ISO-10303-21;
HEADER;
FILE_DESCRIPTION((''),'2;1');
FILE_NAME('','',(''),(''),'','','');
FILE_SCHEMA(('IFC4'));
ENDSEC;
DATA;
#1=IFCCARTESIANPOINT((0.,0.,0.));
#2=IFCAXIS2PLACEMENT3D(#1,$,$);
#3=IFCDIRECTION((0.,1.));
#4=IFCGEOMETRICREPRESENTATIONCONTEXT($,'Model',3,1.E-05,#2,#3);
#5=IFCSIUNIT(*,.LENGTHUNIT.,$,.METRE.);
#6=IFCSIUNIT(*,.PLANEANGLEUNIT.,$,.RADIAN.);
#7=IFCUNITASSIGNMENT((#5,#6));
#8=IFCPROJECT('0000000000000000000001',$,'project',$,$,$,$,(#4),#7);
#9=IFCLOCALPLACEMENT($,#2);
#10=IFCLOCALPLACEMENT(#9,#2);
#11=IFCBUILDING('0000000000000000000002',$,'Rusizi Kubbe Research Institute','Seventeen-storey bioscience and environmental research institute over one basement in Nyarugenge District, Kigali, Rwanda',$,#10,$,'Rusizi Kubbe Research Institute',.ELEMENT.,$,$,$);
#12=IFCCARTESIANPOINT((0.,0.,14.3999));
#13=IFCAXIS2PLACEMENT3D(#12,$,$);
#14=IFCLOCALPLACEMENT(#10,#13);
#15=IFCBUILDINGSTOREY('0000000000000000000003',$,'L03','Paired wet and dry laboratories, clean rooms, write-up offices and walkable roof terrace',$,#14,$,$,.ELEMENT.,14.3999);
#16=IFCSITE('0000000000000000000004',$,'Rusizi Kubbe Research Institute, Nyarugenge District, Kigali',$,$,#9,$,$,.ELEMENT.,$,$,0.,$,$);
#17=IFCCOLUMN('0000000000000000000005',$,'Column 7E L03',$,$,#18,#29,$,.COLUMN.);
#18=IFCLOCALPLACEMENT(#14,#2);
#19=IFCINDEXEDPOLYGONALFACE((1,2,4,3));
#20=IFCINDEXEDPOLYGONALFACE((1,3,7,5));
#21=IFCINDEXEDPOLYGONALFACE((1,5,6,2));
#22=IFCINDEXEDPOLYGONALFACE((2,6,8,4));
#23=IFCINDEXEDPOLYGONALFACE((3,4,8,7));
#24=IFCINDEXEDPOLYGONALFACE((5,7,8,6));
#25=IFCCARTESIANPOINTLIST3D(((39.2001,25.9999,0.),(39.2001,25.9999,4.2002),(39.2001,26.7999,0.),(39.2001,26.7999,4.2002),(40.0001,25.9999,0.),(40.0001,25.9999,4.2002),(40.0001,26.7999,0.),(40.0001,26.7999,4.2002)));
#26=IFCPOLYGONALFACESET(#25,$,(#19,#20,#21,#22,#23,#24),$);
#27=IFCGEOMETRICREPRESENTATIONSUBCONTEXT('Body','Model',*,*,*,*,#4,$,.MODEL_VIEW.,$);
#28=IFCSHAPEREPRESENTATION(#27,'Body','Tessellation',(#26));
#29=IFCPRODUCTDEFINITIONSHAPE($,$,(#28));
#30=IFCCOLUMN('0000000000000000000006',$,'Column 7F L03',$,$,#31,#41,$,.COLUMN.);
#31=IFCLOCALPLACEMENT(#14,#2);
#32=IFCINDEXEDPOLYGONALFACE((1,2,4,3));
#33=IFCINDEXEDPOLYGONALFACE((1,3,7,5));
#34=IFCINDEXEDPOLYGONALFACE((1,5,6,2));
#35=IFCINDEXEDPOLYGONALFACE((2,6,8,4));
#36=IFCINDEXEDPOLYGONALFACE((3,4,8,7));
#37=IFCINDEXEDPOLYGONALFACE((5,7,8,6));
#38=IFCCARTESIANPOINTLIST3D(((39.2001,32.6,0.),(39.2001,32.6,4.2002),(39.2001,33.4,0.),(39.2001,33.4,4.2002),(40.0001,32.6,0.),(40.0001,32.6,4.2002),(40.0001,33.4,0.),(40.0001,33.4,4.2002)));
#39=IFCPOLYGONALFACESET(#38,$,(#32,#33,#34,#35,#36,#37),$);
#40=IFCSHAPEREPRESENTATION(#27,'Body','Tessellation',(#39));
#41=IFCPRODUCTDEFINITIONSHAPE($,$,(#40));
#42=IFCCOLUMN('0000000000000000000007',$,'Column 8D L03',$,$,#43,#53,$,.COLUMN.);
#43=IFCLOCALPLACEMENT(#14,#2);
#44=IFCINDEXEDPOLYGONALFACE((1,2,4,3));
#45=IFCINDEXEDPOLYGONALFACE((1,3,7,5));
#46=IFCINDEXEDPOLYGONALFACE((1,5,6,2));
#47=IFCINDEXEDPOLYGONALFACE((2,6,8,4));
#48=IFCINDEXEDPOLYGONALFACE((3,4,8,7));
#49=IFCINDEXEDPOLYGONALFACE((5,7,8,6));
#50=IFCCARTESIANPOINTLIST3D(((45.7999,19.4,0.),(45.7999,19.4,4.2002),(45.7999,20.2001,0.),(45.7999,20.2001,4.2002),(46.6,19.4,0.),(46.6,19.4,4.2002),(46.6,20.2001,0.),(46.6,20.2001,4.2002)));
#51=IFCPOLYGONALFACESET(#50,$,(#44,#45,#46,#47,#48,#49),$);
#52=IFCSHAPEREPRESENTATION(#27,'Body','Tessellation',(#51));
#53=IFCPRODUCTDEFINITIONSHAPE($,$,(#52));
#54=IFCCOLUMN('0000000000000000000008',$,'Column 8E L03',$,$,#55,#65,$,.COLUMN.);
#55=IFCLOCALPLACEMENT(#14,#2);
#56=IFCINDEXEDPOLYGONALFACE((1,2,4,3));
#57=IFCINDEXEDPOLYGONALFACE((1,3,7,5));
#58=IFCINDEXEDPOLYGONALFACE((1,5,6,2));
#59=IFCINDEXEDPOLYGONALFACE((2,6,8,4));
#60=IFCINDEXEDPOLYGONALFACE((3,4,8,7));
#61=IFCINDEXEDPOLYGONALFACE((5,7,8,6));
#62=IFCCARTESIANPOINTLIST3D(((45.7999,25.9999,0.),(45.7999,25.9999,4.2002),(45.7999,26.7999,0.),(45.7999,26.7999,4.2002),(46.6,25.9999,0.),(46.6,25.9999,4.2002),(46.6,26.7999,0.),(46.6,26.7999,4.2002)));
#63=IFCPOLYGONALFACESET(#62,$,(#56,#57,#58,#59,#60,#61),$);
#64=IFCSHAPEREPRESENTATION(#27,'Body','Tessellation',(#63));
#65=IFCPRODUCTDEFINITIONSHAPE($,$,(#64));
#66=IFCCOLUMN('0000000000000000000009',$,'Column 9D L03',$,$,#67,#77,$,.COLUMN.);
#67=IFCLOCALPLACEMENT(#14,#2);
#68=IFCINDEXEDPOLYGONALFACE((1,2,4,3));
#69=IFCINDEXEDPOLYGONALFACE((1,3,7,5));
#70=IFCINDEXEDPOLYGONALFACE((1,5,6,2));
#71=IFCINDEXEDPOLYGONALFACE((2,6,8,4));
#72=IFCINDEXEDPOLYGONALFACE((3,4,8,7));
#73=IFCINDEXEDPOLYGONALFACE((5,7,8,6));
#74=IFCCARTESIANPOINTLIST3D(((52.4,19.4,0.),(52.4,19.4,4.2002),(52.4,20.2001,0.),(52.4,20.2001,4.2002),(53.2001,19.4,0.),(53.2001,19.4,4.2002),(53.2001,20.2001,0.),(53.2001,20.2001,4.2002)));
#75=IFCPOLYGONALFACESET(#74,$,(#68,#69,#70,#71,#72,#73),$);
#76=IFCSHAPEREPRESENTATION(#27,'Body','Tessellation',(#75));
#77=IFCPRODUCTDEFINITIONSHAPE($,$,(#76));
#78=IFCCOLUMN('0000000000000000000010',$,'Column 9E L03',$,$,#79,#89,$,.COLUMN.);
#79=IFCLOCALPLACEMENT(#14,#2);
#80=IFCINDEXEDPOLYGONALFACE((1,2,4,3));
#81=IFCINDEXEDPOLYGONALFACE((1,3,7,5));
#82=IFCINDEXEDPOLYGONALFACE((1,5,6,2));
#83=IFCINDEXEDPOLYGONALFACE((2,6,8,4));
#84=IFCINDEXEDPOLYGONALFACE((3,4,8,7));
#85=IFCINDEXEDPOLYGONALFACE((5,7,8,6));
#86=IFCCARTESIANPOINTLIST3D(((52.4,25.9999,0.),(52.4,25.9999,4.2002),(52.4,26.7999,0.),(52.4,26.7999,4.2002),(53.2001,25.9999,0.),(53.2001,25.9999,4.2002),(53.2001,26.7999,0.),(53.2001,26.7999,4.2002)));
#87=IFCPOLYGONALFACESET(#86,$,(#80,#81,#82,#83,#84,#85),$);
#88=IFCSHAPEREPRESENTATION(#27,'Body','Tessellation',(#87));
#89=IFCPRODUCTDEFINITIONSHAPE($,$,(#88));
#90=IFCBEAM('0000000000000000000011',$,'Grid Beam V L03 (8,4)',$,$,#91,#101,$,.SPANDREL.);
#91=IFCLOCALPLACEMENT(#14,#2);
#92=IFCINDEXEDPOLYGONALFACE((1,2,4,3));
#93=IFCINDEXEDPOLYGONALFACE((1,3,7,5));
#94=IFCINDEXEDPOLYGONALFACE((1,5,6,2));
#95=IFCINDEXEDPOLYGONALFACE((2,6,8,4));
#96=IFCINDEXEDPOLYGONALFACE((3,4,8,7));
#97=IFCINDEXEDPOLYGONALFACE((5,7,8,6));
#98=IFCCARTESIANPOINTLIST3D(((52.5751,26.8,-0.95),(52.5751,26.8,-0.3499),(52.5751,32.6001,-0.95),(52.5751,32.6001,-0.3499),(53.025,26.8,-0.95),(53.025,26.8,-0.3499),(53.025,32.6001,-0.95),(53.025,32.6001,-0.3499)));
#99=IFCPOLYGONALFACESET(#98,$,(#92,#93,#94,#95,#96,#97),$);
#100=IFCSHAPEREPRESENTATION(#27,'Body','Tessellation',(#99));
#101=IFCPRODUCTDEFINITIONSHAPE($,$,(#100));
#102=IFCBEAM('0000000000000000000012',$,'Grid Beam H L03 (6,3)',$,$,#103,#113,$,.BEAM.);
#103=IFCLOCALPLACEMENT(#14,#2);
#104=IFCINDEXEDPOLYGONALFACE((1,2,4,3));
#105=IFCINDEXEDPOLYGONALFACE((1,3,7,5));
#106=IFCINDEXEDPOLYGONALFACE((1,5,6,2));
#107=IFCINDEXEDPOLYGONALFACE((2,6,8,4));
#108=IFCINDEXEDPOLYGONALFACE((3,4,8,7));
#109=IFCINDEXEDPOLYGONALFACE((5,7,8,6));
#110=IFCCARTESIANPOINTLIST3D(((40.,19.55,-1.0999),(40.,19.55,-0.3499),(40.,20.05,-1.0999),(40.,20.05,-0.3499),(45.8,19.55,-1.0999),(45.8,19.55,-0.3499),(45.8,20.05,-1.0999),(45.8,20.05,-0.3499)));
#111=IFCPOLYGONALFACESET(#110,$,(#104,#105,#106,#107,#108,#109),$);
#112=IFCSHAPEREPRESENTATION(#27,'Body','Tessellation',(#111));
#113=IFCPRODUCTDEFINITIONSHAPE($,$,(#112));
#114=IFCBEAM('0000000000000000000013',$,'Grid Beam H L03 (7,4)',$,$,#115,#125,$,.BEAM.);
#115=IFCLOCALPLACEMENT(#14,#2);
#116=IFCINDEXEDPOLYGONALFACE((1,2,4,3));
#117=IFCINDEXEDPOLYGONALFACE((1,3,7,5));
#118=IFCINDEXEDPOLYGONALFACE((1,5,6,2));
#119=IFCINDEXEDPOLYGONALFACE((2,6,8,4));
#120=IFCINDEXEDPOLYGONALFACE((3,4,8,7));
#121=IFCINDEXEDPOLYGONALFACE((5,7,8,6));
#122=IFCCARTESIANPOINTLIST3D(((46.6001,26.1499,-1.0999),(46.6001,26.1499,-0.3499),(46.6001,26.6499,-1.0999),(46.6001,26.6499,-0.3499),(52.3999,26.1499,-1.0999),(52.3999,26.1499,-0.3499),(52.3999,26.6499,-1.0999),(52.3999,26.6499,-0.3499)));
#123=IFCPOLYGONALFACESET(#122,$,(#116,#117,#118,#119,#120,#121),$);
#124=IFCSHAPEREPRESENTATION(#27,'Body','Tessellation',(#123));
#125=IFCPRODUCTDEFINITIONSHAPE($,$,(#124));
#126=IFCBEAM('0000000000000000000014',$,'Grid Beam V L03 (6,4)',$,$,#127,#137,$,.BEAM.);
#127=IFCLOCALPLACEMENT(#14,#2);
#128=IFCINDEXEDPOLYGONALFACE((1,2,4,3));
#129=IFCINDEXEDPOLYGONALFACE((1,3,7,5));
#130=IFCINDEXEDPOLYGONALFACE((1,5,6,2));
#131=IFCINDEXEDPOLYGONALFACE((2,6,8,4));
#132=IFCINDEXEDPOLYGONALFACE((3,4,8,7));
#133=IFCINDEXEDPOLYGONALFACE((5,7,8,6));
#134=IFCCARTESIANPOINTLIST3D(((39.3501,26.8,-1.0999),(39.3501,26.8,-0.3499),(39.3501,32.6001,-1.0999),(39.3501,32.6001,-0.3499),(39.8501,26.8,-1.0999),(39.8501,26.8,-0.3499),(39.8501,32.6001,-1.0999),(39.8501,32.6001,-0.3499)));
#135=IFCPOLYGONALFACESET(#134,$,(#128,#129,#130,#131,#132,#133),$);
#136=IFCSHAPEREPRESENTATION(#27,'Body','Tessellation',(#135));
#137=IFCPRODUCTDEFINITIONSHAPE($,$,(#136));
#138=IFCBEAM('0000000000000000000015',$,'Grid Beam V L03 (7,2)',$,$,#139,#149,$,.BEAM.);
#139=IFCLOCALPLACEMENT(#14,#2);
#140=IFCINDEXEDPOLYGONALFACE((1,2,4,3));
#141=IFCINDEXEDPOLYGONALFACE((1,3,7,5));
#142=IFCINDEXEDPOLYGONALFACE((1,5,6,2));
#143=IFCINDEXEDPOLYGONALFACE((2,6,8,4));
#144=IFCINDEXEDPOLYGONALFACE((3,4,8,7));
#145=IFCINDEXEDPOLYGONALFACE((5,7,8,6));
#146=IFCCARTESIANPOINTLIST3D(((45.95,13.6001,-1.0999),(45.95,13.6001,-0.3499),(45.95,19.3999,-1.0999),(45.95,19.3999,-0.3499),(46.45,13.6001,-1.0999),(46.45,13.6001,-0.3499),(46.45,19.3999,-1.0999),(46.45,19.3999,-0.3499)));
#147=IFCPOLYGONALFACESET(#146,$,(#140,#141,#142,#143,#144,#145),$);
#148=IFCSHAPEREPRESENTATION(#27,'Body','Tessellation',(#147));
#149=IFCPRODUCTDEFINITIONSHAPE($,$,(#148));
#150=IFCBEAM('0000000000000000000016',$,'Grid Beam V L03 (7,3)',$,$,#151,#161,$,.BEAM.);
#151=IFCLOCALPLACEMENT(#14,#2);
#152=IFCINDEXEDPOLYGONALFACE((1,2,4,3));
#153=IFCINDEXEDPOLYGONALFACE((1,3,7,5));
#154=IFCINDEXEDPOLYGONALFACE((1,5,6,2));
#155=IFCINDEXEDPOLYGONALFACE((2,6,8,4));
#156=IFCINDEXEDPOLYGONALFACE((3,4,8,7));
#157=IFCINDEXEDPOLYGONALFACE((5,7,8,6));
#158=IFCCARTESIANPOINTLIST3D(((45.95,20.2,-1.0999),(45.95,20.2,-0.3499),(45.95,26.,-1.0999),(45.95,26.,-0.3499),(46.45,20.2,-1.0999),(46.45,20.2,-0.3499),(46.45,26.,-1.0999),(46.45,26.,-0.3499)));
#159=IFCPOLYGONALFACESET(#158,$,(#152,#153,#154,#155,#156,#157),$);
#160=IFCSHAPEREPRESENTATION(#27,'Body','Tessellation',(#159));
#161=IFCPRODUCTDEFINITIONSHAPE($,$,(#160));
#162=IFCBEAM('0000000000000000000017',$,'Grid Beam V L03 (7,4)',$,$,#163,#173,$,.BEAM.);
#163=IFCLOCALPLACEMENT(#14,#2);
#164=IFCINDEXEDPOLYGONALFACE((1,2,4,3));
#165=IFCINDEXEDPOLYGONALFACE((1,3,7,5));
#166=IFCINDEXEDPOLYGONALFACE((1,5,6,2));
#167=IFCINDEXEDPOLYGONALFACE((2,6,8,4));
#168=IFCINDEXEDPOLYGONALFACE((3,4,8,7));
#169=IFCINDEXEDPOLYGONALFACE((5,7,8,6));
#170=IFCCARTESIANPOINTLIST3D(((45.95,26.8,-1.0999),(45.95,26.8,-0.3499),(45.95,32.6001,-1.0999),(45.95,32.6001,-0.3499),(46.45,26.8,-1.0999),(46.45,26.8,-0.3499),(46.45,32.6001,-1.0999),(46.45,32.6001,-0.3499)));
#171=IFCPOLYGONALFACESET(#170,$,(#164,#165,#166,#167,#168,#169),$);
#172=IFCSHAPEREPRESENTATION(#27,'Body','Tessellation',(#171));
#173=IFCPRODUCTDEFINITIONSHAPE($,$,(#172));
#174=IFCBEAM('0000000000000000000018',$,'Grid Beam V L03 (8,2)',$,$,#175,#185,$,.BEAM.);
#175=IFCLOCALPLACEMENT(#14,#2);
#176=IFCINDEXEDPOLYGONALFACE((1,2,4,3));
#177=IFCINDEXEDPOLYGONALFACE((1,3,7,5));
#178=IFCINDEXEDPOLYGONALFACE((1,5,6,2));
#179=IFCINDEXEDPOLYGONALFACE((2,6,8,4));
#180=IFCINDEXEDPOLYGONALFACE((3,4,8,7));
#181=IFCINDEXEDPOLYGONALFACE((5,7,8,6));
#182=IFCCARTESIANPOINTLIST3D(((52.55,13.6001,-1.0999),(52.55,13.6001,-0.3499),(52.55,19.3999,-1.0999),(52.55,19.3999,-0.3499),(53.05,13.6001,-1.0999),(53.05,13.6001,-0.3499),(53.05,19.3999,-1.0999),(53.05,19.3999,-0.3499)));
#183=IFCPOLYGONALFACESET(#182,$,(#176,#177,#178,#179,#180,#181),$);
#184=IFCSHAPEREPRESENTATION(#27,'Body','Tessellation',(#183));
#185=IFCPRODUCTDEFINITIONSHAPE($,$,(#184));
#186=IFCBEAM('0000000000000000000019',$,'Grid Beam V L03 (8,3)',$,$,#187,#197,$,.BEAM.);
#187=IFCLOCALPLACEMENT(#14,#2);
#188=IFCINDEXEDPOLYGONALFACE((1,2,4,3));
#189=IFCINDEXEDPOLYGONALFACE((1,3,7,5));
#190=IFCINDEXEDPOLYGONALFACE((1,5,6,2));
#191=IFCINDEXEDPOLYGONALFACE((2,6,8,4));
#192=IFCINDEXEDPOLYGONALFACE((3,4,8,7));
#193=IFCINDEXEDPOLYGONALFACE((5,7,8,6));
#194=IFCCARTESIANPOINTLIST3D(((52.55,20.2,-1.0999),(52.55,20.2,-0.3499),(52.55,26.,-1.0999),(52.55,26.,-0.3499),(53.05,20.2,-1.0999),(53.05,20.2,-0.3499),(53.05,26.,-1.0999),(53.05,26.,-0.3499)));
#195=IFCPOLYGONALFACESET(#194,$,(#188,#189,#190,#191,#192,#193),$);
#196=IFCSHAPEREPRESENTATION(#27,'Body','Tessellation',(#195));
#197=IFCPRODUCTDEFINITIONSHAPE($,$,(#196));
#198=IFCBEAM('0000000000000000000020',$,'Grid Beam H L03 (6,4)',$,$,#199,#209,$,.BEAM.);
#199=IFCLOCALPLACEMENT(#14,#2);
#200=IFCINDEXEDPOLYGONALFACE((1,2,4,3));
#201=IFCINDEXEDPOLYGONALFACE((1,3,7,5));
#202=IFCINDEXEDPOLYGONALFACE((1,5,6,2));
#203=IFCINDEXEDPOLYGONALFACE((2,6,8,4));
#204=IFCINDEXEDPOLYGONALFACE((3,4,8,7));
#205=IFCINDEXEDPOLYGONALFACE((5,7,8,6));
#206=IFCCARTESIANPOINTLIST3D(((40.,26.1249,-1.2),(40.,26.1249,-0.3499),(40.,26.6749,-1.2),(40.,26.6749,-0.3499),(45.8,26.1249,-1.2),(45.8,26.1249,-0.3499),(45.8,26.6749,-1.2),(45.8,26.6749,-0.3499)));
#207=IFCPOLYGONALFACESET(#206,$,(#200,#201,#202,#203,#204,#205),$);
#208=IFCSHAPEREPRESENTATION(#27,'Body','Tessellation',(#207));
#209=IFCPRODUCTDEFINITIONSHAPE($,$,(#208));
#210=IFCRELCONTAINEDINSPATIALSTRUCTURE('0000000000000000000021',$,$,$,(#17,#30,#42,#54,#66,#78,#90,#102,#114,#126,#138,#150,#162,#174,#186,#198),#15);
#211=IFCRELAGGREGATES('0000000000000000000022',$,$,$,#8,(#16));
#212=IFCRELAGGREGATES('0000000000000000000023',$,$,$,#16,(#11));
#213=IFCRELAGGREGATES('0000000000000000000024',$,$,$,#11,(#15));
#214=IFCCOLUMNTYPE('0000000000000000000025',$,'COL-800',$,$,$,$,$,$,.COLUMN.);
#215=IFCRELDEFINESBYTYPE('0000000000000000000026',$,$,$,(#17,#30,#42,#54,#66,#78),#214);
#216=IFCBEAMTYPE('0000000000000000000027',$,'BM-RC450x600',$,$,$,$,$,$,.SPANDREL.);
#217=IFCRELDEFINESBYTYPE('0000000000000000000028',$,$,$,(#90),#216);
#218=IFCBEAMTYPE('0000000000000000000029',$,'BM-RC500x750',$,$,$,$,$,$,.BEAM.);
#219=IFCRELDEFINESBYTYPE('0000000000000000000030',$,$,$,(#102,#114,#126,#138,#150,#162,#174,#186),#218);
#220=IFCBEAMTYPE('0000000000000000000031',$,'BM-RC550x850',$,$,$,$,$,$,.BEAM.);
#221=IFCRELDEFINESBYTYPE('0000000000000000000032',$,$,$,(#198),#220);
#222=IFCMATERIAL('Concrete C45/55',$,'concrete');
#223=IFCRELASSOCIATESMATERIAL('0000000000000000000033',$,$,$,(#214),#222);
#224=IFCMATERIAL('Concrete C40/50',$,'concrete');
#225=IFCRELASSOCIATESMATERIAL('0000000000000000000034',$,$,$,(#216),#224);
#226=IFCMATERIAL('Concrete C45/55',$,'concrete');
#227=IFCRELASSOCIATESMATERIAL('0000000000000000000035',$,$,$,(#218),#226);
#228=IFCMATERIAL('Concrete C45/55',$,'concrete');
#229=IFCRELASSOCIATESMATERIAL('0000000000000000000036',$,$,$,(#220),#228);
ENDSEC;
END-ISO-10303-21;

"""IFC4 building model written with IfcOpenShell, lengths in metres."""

from ifc_helpers import new_model, si_unit, direction, frame, origin, origin_2d, place, context, subcontext, project, spatial, rectangle, extrude, material, material_profile, profile_set, type_object, element, save


model = new_model("IFC4")

# Units and contexts
model_context = context("Model", 3, precision=1e-05, world=origin(), true_north=direction((0.0, 1.0)))
body_context = subcontext(model_context, "Body", "Model", "MODEL_VIEW")
ifc_project = project(units=[si_unit("LENGTHUNIT", "METRE"), si_unit("PLANEANGLEUNIT", "RADIAN")], contexts=[model_context])

# Site, building, storey
site_placement = place(None, origin())
site = spatial("IfcSite", under=ifc_project, at=site_placement, Name="Rusizi Kubbe Research Institute, Nyarugenge District, Kigali", CompositionType="ELEMENT", RefElevation=0.0)
building_placement = place(site_placement, origin())
building = spatial("IfcBuilding", under=site, at=building_placement, Name="Rusizi Kubbe Research Institute", Description="Seventeen-storey bioscience and environmental research institute over one basement in Nyarugenge District, Kigali, Rwanda", LongName="Rusizi Kubbe Research Institute", CompositionType="ELEMENT")
storey_placement = place(building_placement, frame((0.0, 0.0, 14.3999)))
storey = spatial("IfcBuildingStorey", under=building, at=storey_placement, Name="L03", Description="Paired wet and dry laboratories, clean rooms, write-up offices and walkable roof terrace", CompositionType="ELEMENT", Elevation=14.3999)

# Columns
ifc_material_1 = material(Name="Concrete C45/55", Category="concrete")
ifc_material_profile_1 = material_profile(ifc_material_1, rectangle(XDim=0.8, YDim=0.8, at=origin_2d()), Name="RC800x800")
ifc_profile_set_1 = profile_set([ifc_material_profile_1], Name="Concrete C45/55")
column_type = type_object("IfcColumnType", Name="COL-800", PredefinedType="COLUMN", material=ifc_profile_set_1)
for number, where, z_axis, x_axis, name in (
    (1, (39.6001, 26.3999, 0.0), (0.0, 0.0, 1.0), (1.0, 0.0, 0.0), "Column 7E L03"),
    (2, (39.6001, 33.0, 0.0), (0.0, 0.0, 1.0), (1.0, 0.0, 0.0), "Column 7F L03"),
    (3, (46.2, 19.8, 0.0), (0.0, 0.0, 1.0), (1.0, 0.0, 0.0), "Column 8D L03"),
    (4, (46.2, 26.3999, 0.0), (0.0, 0.0, 1.0), (1.0, 0.0, 0.0), "Column 8E L03"),
    (5, (52.8, 19.8, 0.0), (0.0, 0.0, 1.0), (1.0, 0.0, 0.0), "Column 9D L03"),
    (6, (52.8, 26.3999, 0.0), (0.0, 0.0, 1.0), (1.0, 0.0, 0.0), "Column 9E L03"),
):
    element("IfcColumn", number, at=place(storey_placement, frame(where, z_axis=z_axis, x_axis=x_axis)), inside=storey, type_object=column_type, Name=name, PredefinedType="COLUMN", context=body_context, shape_type="SweptSolid", body=[
        extrude(rectangle(XDim=0.8, YDim=0.8, at=origin_2d()), origin(), (0.0, 0.0, 1.0), 4.2002),
    ])

# Beams
ifc_material_2 = material(Name="Concrete C40/50", Category="concrete")
ifc_material_profile_2 = material_profile(ifc_material_2, rectangle(XDim=0.45, YDim=0.6001, at=origin_2d()), Name="RC450x600")
ifc_profile_set_2 = profile_set([ifc_material_profile_2], Name="Concrete C40/50")
beam_type_1 = type_object("IfcBeamType", Name="BM-RC450x600", PredefinedType="SPANDREL", material=ifc_profile_set_2)
beam_1_placement = place(storey_placement, frame((52.8, 26.8, -0.6499), z_axis=(0.0, 1.0, 0.0), x_axis=(-1.0, 0.0, 0.0)))
element("IfcBeam", 7, at=beam_1_placement, inside=storey, type_object=beam_type_1, Name="Grid Beam V L03 (8,4)", PredefinedType="SPANDREL", context=body_context, shape_type="SweptSolid", body=[
    extrude(rectangle(XDim=0.45, YDim=0.6001, at=origin_2d()), origin(), (0.0, 0.0, 1.0), 5.8),
])
ifc_material_3 = material(Name="Concrete C45/55", Category="concrete")
ifc_material_profile_3 = material_profile(ifc_material_3, rectangle(XDim=0.5, YDim=0.75, at=origin_2d()), Name="RC500x750B")
ifc_profile_set_3 = profile_set([ifc_material_profile_3], Name="Concrete C45/55")
beam_type_2 = type_object("IfcBeamType", Name="BM-RC500x750", PredefinedType="BEAM", material=ifc_profile_set_3)
beam_2_placement = place(storey_placement, frame((40.0, 19.8, -0.7249), z_axis=(1.0, 0.0, 0.0), x_axis=(0.0, 1.0, 0.0)))
element("IfcBeam", 8, at=beam_2_placement, inside=storey, type_object=beam_type_2, Name="Grid Beam H L03 (6,3)", PredefinedType="BEAM", context=body_context, shape_type="SweptSolid", body=[
    extrude(rectangle(XDim=0.5, YDim=0.75, at=origin_2d()), origin(), (0.0, 0.0, 1.0), 5.8),
])
beam_3_placement = place(storey_placement, frame((46.6001, 26.3999, -0.7249), z_axis=(1.0, 0.0, 0.0), x_axis=(0.0, 1.0, 0.0)))
element("IfcBeam", 9, at=beam_3_placement, inside=storey, type_object=beam_type_2, Name="Grid Beam H L03 (7,4)", PredefinedType="BEAM", context=body_context, shape_type="SweptSolid", body=[
    extrude(rectangle(XDim=0.5, YDim=0.75, at=origin_2d()), origin(), (0.0, 0.0, 1.0), 5.7998),
])
beam_4_placement = place(storey_placement, frame((39.6001, 26.8, -0.7249), z_axis=(0.0, 1.0, 0.0), x_axis=(-1.0, 0.0, 0.0)))
element("IfcBeam", 10, at=beam_4_placement, inside=storey, type_object=beam_type_2, Name="Grid Beam V L03 (6,4)", PredefinedType="BEAM", context=body_context, shape_type="SweptSolid", body=[
    extrude(rectangle(XDim=0.5, YDim=0.75, at=origin_2d()), origin(), (0.0, 0.0, 1.0), 5.8),
])
beam_5_placement = place(storey_placement, frame((46.2, 13.6001, -0.7249), z_axis=(0.0, 1.0, 0.0), x_axis=(-1.0, 0.0, 0.0)))
element("IfcBeam", 11, at=beam_5_placement, inside=storey, type_object=beam_type_2, Name="Grid Beam V L03 (7,2)", PredefinedType="BEAM", context=body_context, shape_type="SweptSolid", body=[
    extrude(rectangle(XDim=0.5, YDim=0.75, at=origin_2d()), origin(), (0.0, 0.0, 1.0), 5.7998),
])
for number, where, z_axis, x_axis, name in (
    (12, (46.2, 20.2, -0.7249), (0.0, 1.0, 0.0), (-1.0, 0.0, 0.0), "Grid Beam V L03 (7,3)"),
    (13, (46.2, 26.8, -0.7249), (0.0, 1.0, 0.0), (-1.0, 0.0, 0.0), "Grid Beam V L03 (7,4)"),
):
    element("IfcBeam", number, at=place(storey_placement, frame(where, z_axis=z_axis, x_axis=x_axis)), inside=storey, type_object=beam_type_2, Name=name, PredefinedType="BEAM", context=body_context, shape_type="SweptSolid", body=[
        extrude(rectangle(XDim=0.5, YDim=0.75, at=origin_2d()), origin(), (0.0, 0.0, 1.0), 5.8),
    ])
beam_6_placement = place(storey_placement, frame((52.8, 13.6001, -0.7249), z_axis=(0.0, 1.0, 0.0), x_axis=(-1.0, 0.0, 0.0)))
element("IfcBeam", 14, at=beam_6_placement, inside=storey, type_object=beam_type_2, Name="Grid Beam V L03 (8,2)", PredefinedType="BEAM", context=body_context, shape_type="SweptSolid", body=[
    extrude(rectangle(XDim=0.5, YDim=0.75, at=origin_2d()), origin(), (0.0, 0.0, 1.0), 5.7998),
])
beam_7_placement = place(storey_placement, frame((52.8, 20.2, -0.7249), z_axis=(0.0, 1.0, 0.0), x_axis=(-1.0, 0.0, 0.0)))
element("IfcBeam", 15, at=beam_7_placement, inside=storey, type_object=beam_type_2, Name="Grid Beam V L03 (8,3)", PredefinedType="BEAM", context=body_context, shape_type="SweptSolid", body=[
    extrude(rectangle(XDim=0.5, YDim=0.75, at=origin_2d()), origin(), (0.0, 0.0, 1.0), 5.8),
])
ifc_material_4 = material(Name="Concrete C45/55", Category="concrete")
ifc_material_profile_4 = material_profile(ifc_material_4, rectangle(XDim=0.55, YDim=0.8501, at=origin_2d()), Name="RC550x850")
ifc_profile_set_4 = profile_set([ifc_material_profile_4], Name="Concrete C45/55")
beam_type_3 = type_object("IfcBeamType", Name="BM-RC550x850", PredefinedType="BEAM", material=ifc_profile_set_4)
beam_8_placement = place(storey_placement, frame((40.0, 26.3999, -0.7749), z_axis=(1.0, 0.0, 0.0), x_axis=(0.0, 1.0, 0.0)))
element("IfcBeam", 16, at=beam_8_placement, inside=storey, type_object=beam_type_3, Name="Grid Beam H L03 (6,4)", PredefinedType="BEAM", context=body_context, shape_type="SweptSolid", body=[
    extrude(rectangle(XDim=0.55, YDim=0.8501, at=origin_2d()), origin(), (0.0, 0.0, 1.0), 5.8),
])

save(model, "model.ifc")
